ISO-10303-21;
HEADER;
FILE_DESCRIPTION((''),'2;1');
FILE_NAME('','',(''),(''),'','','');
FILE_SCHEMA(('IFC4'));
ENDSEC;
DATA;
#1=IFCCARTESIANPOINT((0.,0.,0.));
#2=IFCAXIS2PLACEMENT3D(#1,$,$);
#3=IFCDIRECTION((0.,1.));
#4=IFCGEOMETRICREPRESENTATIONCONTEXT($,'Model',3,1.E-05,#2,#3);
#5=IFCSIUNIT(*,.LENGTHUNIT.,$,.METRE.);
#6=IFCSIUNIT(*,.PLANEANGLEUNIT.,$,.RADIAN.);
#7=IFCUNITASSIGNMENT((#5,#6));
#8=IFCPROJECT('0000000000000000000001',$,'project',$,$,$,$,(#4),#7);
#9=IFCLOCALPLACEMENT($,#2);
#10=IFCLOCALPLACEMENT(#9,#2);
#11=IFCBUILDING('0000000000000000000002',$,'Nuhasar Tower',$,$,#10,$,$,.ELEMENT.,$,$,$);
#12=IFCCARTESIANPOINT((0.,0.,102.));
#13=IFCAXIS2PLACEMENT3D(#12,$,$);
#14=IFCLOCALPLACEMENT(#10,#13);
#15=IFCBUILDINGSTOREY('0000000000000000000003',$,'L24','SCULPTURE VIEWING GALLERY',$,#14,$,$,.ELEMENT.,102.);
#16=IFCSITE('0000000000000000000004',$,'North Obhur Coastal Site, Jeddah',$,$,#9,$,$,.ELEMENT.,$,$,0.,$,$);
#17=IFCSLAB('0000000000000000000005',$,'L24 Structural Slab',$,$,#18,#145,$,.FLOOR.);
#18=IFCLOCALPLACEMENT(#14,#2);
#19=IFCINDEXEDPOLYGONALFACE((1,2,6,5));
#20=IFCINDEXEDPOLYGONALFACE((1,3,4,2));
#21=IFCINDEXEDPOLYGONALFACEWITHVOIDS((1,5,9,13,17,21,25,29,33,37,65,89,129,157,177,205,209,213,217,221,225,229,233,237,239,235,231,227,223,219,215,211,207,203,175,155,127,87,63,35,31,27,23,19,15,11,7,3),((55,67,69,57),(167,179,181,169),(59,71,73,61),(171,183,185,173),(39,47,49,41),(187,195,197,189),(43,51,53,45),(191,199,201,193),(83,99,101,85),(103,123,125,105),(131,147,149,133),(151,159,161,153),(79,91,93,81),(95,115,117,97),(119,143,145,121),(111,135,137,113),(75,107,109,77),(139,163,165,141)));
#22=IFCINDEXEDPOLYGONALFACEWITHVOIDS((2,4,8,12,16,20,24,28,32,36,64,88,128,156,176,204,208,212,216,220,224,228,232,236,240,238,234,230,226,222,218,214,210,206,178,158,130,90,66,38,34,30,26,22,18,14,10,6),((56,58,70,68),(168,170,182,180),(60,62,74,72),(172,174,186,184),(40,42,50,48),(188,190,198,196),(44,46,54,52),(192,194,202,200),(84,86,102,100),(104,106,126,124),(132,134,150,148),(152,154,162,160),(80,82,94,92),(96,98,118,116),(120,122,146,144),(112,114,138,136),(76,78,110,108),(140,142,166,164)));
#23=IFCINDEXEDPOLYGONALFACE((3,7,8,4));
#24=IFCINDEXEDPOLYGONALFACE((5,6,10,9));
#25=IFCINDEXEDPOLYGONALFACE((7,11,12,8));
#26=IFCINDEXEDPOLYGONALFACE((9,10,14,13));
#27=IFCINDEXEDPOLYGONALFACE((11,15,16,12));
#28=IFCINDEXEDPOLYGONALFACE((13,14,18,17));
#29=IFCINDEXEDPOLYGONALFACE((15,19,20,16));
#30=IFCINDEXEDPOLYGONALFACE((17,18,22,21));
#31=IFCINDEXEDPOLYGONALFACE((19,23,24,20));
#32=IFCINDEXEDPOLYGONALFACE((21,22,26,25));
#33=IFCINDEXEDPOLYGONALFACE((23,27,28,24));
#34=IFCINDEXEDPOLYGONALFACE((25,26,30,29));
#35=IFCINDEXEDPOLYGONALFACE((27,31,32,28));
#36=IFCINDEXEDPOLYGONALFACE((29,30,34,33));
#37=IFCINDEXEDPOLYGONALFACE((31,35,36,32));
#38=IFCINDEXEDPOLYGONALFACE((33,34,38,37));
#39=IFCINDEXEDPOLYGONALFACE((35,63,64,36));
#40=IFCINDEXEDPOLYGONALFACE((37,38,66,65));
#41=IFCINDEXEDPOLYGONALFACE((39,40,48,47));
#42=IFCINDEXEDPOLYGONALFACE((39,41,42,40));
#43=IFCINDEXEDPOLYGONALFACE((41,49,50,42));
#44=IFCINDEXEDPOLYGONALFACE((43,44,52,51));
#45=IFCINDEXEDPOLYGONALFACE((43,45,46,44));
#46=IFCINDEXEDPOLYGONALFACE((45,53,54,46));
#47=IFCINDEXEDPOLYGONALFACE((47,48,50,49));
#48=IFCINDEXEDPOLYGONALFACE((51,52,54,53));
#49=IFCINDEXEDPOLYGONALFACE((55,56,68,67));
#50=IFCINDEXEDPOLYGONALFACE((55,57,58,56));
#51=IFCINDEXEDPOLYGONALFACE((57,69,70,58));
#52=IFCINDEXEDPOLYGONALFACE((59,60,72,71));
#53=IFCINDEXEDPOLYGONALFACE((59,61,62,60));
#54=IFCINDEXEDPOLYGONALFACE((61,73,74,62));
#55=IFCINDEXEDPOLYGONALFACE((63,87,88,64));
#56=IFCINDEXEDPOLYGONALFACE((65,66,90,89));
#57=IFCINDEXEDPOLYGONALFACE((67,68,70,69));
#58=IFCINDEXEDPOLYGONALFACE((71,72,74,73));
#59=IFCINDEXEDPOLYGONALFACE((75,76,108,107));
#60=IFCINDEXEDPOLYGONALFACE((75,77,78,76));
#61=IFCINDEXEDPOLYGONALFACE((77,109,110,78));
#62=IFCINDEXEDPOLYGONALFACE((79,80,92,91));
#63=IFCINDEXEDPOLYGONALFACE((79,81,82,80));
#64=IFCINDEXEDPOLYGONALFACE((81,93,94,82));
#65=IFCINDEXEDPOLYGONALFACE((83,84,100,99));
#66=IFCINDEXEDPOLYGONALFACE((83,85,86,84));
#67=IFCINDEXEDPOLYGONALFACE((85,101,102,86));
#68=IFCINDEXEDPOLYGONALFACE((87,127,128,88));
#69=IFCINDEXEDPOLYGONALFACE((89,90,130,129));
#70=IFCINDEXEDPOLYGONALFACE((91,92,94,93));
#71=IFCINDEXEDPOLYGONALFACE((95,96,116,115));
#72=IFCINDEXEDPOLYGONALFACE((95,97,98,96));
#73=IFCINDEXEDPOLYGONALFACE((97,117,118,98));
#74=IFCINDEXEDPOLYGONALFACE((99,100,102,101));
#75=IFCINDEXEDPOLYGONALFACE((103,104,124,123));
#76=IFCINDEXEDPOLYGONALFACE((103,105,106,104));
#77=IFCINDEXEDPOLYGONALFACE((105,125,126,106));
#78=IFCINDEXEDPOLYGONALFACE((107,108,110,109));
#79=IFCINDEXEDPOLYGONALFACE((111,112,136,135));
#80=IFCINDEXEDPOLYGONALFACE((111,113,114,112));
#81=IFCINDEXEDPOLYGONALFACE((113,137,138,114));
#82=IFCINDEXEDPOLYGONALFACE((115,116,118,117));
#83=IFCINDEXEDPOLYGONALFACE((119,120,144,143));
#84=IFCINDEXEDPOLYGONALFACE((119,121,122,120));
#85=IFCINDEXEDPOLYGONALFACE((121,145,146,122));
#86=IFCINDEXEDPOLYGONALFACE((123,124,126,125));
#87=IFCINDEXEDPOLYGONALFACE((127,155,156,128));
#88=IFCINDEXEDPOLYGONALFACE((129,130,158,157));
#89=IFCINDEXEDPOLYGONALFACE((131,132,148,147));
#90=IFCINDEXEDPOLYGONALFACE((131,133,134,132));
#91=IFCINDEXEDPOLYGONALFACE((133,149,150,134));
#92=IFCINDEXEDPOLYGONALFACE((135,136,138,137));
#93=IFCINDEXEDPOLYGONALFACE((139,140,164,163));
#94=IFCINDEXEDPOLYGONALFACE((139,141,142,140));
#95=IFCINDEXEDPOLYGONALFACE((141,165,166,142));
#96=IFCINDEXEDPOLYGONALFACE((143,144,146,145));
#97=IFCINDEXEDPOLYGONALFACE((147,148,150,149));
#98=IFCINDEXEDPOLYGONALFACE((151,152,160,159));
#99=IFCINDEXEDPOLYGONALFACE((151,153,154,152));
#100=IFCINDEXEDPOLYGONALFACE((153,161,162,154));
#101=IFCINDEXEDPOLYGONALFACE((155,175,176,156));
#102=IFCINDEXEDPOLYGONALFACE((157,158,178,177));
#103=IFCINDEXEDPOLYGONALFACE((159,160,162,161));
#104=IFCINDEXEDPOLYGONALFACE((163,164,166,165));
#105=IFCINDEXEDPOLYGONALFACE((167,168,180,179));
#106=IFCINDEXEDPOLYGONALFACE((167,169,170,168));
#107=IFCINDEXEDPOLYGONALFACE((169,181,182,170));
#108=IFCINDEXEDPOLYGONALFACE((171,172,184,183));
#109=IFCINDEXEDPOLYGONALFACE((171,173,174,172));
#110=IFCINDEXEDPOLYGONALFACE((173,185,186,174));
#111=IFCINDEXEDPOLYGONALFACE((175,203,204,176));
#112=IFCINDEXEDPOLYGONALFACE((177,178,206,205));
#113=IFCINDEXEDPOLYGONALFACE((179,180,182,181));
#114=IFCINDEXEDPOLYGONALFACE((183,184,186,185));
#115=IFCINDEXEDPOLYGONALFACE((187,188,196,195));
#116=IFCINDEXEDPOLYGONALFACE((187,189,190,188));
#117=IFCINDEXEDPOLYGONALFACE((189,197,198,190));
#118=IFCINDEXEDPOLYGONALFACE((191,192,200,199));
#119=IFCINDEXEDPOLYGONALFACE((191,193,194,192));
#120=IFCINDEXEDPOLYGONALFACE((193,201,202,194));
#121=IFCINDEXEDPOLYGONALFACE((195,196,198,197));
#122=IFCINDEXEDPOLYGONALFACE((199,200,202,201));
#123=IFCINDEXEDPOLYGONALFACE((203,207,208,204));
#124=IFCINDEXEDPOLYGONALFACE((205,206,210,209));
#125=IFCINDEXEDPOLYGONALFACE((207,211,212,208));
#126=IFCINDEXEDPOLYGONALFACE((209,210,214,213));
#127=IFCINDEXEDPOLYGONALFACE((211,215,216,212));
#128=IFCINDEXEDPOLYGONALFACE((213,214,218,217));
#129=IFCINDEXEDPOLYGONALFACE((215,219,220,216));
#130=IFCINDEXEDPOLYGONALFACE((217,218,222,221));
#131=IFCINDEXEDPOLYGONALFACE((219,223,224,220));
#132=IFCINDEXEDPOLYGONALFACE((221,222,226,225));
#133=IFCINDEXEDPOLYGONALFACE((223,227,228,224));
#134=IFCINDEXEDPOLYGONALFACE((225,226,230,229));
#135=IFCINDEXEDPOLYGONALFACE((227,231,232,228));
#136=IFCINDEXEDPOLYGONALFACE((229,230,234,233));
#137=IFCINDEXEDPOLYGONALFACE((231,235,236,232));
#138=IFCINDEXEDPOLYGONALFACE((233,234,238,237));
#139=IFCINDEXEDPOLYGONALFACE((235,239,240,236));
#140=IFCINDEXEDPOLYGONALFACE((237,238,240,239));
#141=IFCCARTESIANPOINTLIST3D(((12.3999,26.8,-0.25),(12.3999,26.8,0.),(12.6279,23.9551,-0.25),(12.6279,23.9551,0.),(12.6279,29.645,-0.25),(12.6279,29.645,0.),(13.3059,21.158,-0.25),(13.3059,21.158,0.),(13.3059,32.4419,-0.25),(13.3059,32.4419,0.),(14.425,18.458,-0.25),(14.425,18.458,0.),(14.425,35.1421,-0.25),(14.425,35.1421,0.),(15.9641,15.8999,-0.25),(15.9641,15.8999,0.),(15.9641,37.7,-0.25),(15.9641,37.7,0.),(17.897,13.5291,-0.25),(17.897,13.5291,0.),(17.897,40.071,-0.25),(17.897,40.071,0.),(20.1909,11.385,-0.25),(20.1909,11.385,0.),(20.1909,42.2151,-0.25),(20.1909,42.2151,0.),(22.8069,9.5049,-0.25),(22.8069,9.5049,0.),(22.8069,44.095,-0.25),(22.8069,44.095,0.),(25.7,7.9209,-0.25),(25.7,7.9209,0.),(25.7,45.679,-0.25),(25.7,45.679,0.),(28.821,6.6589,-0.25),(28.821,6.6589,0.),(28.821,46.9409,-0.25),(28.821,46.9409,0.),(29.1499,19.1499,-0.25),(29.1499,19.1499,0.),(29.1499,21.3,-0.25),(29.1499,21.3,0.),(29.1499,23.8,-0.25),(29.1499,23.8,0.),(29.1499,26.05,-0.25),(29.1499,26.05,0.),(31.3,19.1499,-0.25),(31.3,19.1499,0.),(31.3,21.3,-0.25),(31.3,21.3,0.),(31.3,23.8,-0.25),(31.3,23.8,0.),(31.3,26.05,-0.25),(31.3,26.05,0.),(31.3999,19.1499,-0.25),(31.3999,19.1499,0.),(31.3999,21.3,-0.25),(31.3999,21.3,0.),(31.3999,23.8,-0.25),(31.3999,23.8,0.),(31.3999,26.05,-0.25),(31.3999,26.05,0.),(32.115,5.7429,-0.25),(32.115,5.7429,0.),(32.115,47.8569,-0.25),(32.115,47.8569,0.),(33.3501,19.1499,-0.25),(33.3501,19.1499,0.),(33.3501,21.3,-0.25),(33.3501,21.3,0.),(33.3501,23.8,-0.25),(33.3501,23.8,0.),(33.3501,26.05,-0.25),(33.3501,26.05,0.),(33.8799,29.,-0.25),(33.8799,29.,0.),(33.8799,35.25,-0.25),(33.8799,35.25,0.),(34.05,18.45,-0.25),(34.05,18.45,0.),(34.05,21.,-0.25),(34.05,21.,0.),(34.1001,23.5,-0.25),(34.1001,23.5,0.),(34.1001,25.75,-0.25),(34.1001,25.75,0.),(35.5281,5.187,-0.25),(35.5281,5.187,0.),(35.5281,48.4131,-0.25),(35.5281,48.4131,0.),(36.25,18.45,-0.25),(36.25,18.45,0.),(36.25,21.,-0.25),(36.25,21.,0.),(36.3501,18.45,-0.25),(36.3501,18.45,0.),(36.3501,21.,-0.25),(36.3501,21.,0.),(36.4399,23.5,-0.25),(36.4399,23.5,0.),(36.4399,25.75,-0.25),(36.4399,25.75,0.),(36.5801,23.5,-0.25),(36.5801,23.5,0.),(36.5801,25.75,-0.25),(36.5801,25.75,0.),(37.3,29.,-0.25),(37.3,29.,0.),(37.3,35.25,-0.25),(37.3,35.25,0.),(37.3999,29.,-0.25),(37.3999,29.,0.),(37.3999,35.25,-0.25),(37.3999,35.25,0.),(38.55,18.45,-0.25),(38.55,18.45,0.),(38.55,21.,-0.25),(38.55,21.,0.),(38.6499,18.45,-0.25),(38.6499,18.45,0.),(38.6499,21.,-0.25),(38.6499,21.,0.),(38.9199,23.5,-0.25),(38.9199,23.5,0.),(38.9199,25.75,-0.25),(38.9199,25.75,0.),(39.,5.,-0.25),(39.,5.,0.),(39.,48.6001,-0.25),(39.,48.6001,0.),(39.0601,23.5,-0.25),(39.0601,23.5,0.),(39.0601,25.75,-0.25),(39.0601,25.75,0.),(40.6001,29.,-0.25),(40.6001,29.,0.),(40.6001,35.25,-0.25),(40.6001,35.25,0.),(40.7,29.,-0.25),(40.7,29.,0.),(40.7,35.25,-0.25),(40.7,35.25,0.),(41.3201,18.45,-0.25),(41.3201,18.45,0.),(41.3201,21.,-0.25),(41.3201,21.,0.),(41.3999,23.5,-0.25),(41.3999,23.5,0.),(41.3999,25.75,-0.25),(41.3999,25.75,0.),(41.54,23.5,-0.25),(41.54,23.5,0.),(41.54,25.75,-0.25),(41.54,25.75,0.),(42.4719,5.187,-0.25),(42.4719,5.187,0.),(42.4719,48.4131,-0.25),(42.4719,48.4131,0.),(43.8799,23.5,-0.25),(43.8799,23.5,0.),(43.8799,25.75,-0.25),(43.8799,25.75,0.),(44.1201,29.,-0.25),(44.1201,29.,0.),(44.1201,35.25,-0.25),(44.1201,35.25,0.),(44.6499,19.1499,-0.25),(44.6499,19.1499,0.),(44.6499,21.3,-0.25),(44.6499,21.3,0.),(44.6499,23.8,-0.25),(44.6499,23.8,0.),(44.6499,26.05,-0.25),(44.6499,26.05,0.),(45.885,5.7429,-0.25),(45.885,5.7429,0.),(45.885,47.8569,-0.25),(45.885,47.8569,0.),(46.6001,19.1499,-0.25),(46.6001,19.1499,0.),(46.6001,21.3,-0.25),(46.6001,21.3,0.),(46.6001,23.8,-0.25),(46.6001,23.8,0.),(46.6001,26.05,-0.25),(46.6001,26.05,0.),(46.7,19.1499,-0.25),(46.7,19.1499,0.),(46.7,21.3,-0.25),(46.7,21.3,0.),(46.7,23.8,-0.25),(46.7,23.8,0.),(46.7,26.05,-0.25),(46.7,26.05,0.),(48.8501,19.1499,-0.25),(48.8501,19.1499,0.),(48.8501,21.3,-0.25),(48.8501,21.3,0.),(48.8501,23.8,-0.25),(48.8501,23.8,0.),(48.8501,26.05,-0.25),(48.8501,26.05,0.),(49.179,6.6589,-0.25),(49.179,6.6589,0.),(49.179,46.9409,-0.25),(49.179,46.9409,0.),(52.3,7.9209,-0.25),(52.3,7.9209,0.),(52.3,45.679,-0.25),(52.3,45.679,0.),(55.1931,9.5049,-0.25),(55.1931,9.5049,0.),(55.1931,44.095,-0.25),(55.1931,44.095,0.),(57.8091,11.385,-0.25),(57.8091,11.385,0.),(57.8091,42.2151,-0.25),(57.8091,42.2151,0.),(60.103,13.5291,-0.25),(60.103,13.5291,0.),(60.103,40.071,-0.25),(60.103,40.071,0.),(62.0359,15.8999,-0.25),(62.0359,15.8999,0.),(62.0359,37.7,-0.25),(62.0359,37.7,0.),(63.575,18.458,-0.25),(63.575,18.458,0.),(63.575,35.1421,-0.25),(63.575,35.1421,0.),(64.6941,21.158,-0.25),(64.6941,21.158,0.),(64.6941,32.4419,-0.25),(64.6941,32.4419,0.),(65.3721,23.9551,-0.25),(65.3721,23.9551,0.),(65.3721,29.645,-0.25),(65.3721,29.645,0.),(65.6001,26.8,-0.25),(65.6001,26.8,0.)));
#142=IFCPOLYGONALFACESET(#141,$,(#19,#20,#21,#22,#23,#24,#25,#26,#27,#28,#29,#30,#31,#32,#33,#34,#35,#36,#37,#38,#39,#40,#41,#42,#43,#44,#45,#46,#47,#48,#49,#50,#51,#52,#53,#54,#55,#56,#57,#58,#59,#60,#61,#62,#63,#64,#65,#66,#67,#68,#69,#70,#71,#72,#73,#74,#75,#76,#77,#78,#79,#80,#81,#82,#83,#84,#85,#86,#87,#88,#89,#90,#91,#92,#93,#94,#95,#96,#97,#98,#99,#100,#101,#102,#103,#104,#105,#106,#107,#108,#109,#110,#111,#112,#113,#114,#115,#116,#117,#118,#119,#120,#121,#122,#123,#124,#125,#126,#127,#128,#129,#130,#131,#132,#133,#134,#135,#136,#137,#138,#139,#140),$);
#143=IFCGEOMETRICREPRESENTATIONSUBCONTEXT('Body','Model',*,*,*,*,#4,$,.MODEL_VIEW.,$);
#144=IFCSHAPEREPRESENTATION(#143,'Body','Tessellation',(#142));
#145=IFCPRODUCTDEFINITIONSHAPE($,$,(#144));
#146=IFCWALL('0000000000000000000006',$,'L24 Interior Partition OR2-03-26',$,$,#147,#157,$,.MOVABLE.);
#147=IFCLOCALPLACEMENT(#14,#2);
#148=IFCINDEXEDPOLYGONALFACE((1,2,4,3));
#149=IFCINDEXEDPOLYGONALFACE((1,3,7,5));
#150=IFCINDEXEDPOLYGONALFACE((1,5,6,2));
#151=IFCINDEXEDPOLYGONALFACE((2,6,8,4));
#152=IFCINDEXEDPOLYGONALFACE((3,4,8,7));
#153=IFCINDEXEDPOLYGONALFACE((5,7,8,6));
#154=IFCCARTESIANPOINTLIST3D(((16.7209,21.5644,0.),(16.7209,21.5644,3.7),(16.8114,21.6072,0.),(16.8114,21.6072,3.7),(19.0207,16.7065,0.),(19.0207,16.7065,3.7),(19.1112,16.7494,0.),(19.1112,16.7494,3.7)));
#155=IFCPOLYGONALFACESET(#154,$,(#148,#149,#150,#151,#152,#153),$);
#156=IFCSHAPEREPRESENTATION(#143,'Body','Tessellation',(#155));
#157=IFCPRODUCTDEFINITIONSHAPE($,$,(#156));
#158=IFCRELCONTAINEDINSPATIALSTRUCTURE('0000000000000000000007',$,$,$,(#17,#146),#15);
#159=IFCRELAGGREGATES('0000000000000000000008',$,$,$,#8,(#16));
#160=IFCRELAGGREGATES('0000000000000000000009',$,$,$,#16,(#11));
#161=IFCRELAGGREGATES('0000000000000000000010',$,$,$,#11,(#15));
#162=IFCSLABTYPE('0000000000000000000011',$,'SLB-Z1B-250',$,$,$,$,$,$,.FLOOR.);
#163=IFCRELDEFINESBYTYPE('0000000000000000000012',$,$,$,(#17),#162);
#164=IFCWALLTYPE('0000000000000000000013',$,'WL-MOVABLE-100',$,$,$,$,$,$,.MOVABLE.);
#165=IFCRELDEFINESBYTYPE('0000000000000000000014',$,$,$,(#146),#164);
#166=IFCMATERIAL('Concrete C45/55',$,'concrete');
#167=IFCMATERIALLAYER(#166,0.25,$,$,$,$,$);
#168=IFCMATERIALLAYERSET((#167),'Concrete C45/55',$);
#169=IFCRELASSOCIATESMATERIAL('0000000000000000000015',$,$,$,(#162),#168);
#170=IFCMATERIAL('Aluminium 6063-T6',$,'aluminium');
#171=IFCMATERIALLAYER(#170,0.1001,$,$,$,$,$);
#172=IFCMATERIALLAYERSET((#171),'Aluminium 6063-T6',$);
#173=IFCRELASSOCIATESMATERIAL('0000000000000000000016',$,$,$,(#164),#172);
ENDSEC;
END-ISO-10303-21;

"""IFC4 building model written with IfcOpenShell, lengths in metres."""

from ifc_helpers import new_model, si_unit, direction, frame, frame_2d, origin, place, context, subcontext, project, spatial, polyline, rectangle, outline, extrude, material, layer, layer_set, type_object, element, save


model = new_model("IFC4")

# Units and contexts
model_context = context("Model", 3, precision=1e-05, world=origin(), true_north=direction((0.0, 1.0)))
body_context = subcontext(model_context, "Body", "Model", "MODEL_VIEW")
ifc_project = project(units=[si_unit("LENGTHUNIT", "METRE"), si_unit("PLANEANGLEUNIT", "RADIAN")], contexts=[model_context])

# Site, building, storey
site_placement = place(None, origin())
site = spatial("IfcSite", under=ifc_project, at=site_placement, Name="North Obhur Coastal Site, Jeddah", CompositionType="ELEMENT", RefElevation=0.0)
building_placement = place(site_placement, origin())
building = spatial("IfcBuilding", under=site, at=building_placement, Name="Nuhasar Tower", CompositionType="ELEMENT")
storey_placement = place(building_placement, frame((0.0, 0.0, 102.0)))
storey = spatial("IfcBuildingStorey", under=building, at=storey_placement, Name="L24", Description="SCULPTURE VIEWING GALLERY", CompositionType="ELEMENT", Elevation=102.0)

# Shared definitions
ifc_material_1 = material(Name="Aluminium 6063-T6", Category="aluminium")

# Shared definitions
ifc_material_2 = material(Name="Concrete C45/55", Category="concrete")

# Slab
ifc_layer_1 = layer(ifc_material_2, 0.25)
ifc_layer_set_1 = layer_set([ifc_layer_1], Name="Concrete C45/55")
slab_type_1 = type_object("IfcSlabType", Name="SLB-Z1B-250", PredefinedType="FLOOR", material=ifc_layer_set_1)
slab_1_placement = place(storey_placement, frame((0.0, 0.0, -0.25)))
element("IfcSlab", 1, at=slab_1_placement, inside=storey, type_object=slab_type_1, Name="L24 Structural Slab", PredefinedType="FLOOR", context=body_context, shape_type="SweptSolid", body=[
    extrude(outline(polyline([(65.6001, 26.8), (65.3721, 29.645), (64.6941, 32.4419), (63.575, 35.1421), (62.0359, 37.7), (60.103, 40.071), (57.8091, 42.2151), (55.1931, 44.095), (52.3, 45.679), (49.179, 46.9409), (45.885, 47.8569), (42.4719, 48.4131), (39.0, 48.6001), (35.5281, 48.4131), (32.115, 47.8569), (28.821, 46.9409), (25.7, 45.679), (22.8069, 44.095), (20.1909, 42.2151), (17.897, 40.071), (15.9641, 37.7), (14.425, 35.1421), (13.3059, 32.4419), (12.6279, 29.645), (12.3999, 26.8), (12.6279, 23.9551), (13.3059, 21.158), (14.425, 18.458), (15.9641, 15.8999), (17.897, 13.5291), (20.1909, 11.385), (22.8069, 9.5049), (25.7, 7.9209), (28.821, 6.6589), (32.115, 5.7429), (35.5281, 5.187), (39.0, 5.0), (42.4719, 5.187), (45.885, 5.7429), (49.179, 6.6589), (52.3, 7.9209), (55.1931, 9.5049), (57.8091, 11.385), (60.103, 13.5291), (62.0359, 15.8999), (63.575, 18.458), (64.6941, 21.158), (65.3721, 23.9551), (65.6001, 26.8)]), holes=[polyline([(33.8799, 35.25), (37.3, 35.25), (37.3, 29.0), (33.8799, 29.0), (33.8799, 35.25)]), polyline([(37.3999, 35.25), (40.6001, 35.25), (40.6001, 29.0), (37.3999, 29.0), (37.3999, 35.25)]), polyline([(40.7, 35.25), (44.1201, 35.25), (44.1201, 29.0), (40.7, 29.0), (40.7, 35.25)]), polyline([(29.1499, 26.05), (31.3, 26.05), (31.3, 23.8), (29.1499, 23.8), (29.1499, 26.05)]), polyline([(31.3999, 26.05), (33.3501, 26.05), (33.3501, 23.8), (31.3999, 23.8), (31.3999, 26.05)]), polyline([(29.1499, 21.3), (31.3, 21.3), (31.3, 19.1499), (29.1499, 19.1499), (29.1499, 21.3)]), polyline([(31.3999, 21.3), (33.3501, 21.3), (33.3501, 19.1499), (31.3999, 19.1499), (31.3999, 21.3)]), polyline([(44.6499, 26.05), (46.6001, 26.05), (46.6001, 23.8), (44.6499, 23.8), (44.6499, 26.05)]), polyline([(46.7, 26.05), (48.8501, 26.05), (48.8501, 23.8), (46.7, 23.8), (46.7, 26.05)]), polyline([(44.6499, 21.3), (46.6001, 21.3), (46.6001, 19.1499), (44.6499, 19.1499), (44.6499, 21.3)]), polyline([(46.7, 21.3), (48.8501, 21.3), (48.8501, 19.1499), (46.7, 19.1499), (46.7, 21.3)]), polyline([(34.1001, 25.75), (36.4399, 25.75), (36.4399, 23.5), (34.1001, 23.5), (34.1001, 25.75)]), polyline([(36.5801, 25.75), (38.9199, 25.75), (38.9199, 23.5), (36.5801, 23.5), (36.5801, 25.75)]), polyline([(39.0601, 25.75), (41.3999, 25.75), (41.3999, 23.5), (39.0601, 23.5), (39.0601, 25.75)]), polyline([(41.54, 25.75), (43.8799, 25.75), (43.8799, 23.5), (41.54, 23.5), (41.54, 25.75)]), polyline([(34.05, 21.0), (36.25, 21.0), (36.25, 18.45), (34.05, 18.45), (34.05, 21.0)]), polyline([(36.3501, 21.0), (38.55, 21.0), (38.55, 18.45), (36.3501, 18.45), (36.3501, 21.0)]), polyline([(38.6499, 21.0), (41.3201, 21.0), (41.3201, 18.45), (38.6499, 18.45), (38.6499, 21.0)])]), origin(), (0.0, 0.0, 1.0), 0.25),
])

# Wall
ifc_layer_2 = layer(ifc_material_1, 0.1001)
ifc_layer_set_2 = layer_set([ifc_layer_2], Name="Aluminium 6063-T6")
wall_type_1 = type_object("IfcWallType", Name="WL-MOVABLE-100", PredefinedType="MOVABLE", material=ifc_layer_set_2)
wall_1_placement = place(storey_placement, frame((16.7661, 21.5859, 0.0), z_axis=(0.0, 0.0, 1.0), x_axis=(0.427887, -0.903832, 0.0)))
element("IfcWall", 2, at=wall_1_placement, inside=storey, type_object=wall_type_1, Name="L24 Interior Partition OR2-03-26", PredefinedType="MOVABLE", context=body_context, shape_type="SweptSolid", body=[
    extrude(rectangle(XDim=5.3748, YDim=0.1001, at=frame_2d((2.6875, 0.0))), origin(), (0.0, 0.0, 1.0), 3.7),
])

save(model, "model.ifc")
